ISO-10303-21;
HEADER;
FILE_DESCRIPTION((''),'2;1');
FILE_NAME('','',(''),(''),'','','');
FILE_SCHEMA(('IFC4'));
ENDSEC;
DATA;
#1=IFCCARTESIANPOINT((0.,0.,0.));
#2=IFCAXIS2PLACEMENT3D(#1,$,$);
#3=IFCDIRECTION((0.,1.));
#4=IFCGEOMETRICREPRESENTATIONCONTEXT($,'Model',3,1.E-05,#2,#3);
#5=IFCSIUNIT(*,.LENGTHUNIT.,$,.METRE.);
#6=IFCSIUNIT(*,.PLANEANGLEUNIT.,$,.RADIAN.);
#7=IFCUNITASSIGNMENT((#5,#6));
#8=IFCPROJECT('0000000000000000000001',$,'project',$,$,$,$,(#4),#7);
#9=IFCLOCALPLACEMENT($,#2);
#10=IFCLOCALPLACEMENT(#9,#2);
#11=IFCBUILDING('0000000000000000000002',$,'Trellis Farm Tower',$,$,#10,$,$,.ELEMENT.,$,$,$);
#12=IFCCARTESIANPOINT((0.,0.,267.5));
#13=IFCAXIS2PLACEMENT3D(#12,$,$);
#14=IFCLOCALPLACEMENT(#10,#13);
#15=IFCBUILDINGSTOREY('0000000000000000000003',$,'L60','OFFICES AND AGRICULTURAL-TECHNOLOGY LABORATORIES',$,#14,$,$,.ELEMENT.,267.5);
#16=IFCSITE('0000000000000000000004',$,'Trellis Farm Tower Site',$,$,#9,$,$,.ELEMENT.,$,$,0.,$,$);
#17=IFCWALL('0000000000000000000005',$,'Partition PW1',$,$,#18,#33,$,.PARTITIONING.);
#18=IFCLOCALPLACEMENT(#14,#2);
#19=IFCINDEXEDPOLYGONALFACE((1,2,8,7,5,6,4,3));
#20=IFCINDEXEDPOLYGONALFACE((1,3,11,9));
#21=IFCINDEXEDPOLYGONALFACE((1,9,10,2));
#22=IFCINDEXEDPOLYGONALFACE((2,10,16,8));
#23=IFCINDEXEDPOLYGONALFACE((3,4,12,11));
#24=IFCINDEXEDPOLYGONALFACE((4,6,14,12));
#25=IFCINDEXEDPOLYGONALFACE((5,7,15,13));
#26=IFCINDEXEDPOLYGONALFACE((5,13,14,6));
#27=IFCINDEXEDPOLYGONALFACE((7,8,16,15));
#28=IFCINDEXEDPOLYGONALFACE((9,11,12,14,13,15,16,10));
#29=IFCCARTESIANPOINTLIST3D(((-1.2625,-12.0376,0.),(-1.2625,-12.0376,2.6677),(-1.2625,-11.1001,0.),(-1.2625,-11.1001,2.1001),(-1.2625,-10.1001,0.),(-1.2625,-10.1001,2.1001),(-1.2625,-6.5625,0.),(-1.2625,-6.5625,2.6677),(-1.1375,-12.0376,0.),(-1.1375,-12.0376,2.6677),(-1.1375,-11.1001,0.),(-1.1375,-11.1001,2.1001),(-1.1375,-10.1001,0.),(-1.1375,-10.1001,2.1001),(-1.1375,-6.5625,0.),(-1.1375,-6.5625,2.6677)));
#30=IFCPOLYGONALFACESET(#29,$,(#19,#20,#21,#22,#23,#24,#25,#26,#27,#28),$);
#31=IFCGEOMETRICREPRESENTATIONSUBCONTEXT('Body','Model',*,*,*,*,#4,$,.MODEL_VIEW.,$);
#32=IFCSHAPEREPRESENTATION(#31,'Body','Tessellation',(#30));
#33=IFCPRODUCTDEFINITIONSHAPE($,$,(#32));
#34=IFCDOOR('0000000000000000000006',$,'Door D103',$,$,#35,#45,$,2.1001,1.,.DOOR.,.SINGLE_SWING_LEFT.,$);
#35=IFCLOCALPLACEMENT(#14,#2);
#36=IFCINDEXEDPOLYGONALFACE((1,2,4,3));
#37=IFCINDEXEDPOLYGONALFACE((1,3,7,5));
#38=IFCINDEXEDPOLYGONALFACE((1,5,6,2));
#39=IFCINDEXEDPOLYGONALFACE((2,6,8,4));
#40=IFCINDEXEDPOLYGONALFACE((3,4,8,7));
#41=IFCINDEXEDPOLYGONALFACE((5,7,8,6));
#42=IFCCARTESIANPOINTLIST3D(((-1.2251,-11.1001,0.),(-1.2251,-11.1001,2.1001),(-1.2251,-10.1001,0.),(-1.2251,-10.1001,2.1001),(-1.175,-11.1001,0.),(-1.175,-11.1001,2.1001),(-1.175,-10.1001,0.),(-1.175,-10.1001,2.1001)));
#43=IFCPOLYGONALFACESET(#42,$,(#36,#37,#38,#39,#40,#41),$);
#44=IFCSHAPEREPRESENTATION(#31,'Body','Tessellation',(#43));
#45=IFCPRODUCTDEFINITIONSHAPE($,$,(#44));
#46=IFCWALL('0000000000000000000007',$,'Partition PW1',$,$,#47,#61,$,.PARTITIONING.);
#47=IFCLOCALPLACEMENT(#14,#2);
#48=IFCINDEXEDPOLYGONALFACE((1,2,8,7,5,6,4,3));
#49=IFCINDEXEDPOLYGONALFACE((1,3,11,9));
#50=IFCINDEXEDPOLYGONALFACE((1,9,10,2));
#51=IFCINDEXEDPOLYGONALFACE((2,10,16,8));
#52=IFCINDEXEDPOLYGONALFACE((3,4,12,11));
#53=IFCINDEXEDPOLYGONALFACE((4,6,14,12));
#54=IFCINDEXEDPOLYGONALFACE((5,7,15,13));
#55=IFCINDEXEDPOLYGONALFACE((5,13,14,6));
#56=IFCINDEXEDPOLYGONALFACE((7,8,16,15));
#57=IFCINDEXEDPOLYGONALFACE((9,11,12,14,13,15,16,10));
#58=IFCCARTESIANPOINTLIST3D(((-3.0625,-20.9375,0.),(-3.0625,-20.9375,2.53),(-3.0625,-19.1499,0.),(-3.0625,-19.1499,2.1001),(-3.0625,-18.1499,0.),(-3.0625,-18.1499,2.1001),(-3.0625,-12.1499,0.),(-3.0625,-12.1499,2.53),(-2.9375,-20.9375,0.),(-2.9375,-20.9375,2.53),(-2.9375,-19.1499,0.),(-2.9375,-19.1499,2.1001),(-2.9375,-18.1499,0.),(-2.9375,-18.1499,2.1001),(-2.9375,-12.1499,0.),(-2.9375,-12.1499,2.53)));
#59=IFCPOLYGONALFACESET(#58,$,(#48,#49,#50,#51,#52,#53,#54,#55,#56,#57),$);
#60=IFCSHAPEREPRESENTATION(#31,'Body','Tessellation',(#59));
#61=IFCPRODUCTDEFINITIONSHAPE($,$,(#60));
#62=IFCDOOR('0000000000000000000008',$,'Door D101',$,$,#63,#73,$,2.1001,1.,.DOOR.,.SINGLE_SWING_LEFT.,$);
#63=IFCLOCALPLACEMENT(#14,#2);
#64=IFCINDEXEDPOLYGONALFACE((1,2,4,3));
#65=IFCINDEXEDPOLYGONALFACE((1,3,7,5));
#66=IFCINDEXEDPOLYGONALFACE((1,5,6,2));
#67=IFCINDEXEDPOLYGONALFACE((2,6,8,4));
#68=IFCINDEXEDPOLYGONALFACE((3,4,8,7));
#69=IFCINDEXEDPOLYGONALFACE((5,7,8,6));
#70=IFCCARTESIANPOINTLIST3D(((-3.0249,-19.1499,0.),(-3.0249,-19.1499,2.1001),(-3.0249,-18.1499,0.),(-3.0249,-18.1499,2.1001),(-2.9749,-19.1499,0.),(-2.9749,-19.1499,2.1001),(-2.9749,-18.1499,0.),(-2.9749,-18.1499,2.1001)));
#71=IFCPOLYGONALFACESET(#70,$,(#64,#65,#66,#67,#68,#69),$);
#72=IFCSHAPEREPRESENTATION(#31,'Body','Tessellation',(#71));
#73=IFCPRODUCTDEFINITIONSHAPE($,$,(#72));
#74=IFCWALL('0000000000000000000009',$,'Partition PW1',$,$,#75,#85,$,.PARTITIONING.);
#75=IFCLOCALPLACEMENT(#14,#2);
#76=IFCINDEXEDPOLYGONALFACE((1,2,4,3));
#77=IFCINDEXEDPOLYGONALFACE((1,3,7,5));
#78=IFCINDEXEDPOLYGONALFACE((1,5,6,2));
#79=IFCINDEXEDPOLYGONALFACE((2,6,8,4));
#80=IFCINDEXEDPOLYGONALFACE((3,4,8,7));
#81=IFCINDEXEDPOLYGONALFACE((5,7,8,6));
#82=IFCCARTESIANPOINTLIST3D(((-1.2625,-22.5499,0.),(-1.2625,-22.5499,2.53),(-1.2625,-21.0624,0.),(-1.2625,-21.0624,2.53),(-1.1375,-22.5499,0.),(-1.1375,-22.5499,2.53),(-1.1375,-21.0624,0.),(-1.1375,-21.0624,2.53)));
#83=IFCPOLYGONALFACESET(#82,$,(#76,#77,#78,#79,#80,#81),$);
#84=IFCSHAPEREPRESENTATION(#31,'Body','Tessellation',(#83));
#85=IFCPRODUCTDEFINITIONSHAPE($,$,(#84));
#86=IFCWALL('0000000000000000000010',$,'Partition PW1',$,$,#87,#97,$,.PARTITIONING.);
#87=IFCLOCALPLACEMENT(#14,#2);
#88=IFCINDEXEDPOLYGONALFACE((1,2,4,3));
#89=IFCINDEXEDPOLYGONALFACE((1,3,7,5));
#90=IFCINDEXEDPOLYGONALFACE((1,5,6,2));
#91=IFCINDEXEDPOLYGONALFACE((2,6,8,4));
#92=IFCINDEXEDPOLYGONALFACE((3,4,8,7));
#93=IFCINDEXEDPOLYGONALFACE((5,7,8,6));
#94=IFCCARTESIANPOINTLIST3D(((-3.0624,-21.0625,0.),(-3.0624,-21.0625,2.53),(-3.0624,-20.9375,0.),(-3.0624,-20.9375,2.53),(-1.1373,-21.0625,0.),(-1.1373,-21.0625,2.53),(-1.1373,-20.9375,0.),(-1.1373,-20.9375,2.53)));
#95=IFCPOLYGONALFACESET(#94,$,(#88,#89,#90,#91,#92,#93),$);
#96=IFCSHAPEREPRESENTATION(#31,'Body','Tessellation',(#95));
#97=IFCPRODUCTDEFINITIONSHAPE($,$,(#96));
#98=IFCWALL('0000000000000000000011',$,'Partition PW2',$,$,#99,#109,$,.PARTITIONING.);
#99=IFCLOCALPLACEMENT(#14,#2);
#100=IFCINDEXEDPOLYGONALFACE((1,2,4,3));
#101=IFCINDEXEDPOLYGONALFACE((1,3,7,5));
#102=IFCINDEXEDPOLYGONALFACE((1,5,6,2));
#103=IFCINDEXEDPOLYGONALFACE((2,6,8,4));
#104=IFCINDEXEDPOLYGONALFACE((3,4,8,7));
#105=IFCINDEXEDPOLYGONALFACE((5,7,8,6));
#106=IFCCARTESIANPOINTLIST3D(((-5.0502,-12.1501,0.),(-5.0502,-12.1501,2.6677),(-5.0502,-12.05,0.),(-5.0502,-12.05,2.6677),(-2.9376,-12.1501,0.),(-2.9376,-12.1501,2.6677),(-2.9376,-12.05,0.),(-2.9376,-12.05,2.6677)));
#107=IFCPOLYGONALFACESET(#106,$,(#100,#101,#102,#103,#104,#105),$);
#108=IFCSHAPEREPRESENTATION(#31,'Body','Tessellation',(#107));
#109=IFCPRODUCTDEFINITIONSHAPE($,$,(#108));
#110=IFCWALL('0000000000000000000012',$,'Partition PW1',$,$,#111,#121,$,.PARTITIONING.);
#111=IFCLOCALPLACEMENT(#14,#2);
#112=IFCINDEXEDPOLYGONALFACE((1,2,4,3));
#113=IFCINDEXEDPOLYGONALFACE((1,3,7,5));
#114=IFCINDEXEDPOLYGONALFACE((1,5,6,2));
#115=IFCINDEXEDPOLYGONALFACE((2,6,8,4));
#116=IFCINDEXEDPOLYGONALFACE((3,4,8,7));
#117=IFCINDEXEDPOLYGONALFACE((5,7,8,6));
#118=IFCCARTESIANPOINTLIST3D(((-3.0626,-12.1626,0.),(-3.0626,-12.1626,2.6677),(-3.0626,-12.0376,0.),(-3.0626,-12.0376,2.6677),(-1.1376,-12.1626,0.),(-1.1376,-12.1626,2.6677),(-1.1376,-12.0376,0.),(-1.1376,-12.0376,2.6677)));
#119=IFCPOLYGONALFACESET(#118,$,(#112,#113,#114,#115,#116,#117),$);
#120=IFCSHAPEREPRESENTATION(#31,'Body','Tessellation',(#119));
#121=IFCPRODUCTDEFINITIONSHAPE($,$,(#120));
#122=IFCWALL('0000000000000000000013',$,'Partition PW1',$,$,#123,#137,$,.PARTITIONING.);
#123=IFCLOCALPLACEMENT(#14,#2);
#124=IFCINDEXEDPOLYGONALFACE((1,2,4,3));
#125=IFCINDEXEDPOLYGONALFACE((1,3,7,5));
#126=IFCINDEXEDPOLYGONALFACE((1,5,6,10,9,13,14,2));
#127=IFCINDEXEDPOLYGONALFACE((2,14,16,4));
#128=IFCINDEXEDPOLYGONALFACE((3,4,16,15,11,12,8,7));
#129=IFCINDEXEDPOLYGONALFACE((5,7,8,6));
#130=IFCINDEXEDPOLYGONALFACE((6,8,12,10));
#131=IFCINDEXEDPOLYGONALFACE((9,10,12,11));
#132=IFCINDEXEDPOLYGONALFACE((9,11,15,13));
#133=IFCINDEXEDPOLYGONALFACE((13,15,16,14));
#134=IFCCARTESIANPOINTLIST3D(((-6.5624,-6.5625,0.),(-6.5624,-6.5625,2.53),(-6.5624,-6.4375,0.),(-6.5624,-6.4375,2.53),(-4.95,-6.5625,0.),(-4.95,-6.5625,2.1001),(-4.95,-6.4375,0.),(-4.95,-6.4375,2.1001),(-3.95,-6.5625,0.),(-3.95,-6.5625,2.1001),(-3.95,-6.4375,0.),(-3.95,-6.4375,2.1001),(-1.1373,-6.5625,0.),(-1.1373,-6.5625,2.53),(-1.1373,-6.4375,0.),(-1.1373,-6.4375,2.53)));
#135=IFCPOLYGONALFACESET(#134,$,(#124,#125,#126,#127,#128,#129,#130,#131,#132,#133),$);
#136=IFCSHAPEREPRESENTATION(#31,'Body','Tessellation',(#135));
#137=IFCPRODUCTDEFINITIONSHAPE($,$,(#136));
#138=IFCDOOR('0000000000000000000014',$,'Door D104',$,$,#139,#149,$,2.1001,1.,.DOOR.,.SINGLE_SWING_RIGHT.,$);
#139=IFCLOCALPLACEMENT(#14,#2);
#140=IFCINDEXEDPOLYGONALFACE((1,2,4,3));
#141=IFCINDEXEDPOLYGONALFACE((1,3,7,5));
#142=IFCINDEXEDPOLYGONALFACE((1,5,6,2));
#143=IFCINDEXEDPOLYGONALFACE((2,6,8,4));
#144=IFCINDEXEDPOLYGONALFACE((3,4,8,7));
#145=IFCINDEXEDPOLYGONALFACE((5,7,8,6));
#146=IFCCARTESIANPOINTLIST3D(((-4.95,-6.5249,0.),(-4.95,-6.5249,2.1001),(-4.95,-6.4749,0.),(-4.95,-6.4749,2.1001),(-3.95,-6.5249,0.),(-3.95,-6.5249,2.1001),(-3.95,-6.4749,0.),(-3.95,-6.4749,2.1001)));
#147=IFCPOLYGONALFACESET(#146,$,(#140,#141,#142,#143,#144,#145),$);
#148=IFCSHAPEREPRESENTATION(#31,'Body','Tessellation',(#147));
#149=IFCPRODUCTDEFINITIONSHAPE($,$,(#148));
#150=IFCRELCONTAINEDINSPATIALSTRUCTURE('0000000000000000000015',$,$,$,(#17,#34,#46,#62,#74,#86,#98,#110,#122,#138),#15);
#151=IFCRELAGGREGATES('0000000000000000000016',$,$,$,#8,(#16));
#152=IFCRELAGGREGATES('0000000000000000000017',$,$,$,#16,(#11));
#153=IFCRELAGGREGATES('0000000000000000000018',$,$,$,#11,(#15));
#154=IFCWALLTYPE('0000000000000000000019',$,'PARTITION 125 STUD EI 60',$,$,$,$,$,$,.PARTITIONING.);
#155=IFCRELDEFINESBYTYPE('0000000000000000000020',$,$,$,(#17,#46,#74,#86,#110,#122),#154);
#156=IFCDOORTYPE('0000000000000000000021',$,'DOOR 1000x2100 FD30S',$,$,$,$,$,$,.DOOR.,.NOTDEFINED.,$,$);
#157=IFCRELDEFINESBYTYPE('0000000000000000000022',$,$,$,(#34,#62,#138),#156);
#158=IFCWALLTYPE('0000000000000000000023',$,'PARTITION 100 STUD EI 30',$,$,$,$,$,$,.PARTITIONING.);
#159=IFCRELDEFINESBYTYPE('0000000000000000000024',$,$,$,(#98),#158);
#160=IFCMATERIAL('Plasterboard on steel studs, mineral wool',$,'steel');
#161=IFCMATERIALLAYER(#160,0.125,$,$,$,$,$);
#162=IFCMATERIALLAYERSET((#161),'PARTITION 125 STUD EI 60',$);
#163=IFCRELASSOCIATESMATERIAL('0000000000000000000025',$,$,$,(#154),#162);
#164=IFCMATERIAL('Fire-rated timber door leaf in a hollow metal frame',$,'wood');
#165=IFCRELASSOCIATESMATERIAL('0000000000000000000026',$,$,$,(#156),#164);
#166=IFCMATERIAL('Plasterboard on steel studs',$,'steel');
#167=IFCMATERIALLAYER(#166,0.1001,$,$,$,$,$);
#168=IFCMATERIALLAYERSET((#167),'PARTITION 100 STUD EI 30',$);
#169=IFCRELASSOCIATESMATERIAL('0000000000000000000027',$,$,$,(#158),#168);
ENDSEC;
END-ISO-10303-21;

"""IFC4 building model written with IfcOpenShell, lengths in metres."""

from ifc_helpers import new_model, si_unit, direction, frame, frame_2d, origin, place, context, subcontext, project, spatial, rectangle, extrude, source, transform, mapped, material, layer, layer_set, type_object, element, fill, save


model = new_model("IFC4")

# Units and contexts
model_context = context("Model", 3, precision=1e-05, world=origin(), true_north=direction((0.0, 1.0)))
body_context = subcontext(model_context, "Body", "Model", "MODEL_VIEW")
ifc_project = project(units=[si_unit("LENGTHUNIT", "METRE"), si_unit("PLANEANGLEUNIT", "RADIAN")], contexts=[model_context])

# Site, building, storey
site_placement = place(None, origin())
site = spatial("IfcSite", under=ifc_project, at=site_placement, Name="Trellis Farm Tower Site", CompositionType="ELEMENT", RefElevation=0.0)
building_placement = place(site_placement, origin())
building = spatial("IfcBuilding", under=site, at=building_placement, Name="Trellis Farm Tower", CompositionType="ELEMENT")
storey_placement = place(building_placement, frame((0.0, 0.0, 267.5)))
storey = spatial("IfcBuildingStorey", under=building, at=storey_placement, Name="L60", Description="OFFICES AND AGRICULTURAL-TECHNOLOGY LABORATORIES", CompositionType="ELEMENT", Elevation=267.5)

# Walls, openings, doors
ifc_material_1 = material(Name="Plasterboard on steel studs, mineral wool", Category="steel")
ifc_layer_1 = layer(ifc_material_1, 0.125)
ifc_layer_set_1 = layer_set([ifc_layer_1], Name="PARTITION 125 STUD EI 60")
wall_type_1 = type_object("IfcWallType", Name="PARTITION 125 STUD EI 60", PredefinedType="PARTITIONING", material=ifc_layer_set_1)
shared_shape_1 = source(origin(), body_context, "Body", "SweptSolid", [
    extrude(rectangle(XDim=5.4751, YDim=0.125, at=frame_2d((2.7375, 0.0))), origin(), (0.0, 0.0, 1.0), 2.6677),
])
wall_1_placement = place(storey_placement, frame((-1.2, -6.5625, 0.0), z_axis=(0.0, 0.0, 1.0), x_axis=(0.0, -1.0, 0.0)))
wall_1 = element("IfcWall", 1, at=wall_1_placement, inside=storey, type_object=wall_type_1, Name="Partition PW1", PredefinedType="PARTITIONING", context=body_context, shape_type="MappedRepresentation", body=[
    mapped(shared_shape_1, transform((0.0, 0.0, 0.0))),
])
shared_shape_2 = source(origin(), body_context, "Body", "SweptSolid", [
    extrude(rectangle(XDim=1.0, YDim=2.1001, at=frame_2d((0.5, 1.05))), frame((0.0, 0.0725, 0.0), z_axis=(0.0, -1.0, 0.0), x_axis=(1.0, 0.0, 0.0)), (0.0, 0.0, 1.0), 0.145),
])
opening_1_placement = place(wall_1_placement, frame((3.5376, 0.0, 0.0)))
opening_1 = element("IfcOpeningElement", 2, at=opening_1_placement, cuts=wall_1, PredefinedType="OPENING", context=body_context, shape_type="MappedRepresentation", body=[
    mapped(shared_shape_2, transform((0.0, 0.0, 0.0))),
])
ifc_material_2 = material(Name="Fire-rated timber door leaf in a hollow metal frame", Category="wood")
door_type = type_object("IfcDoorType", Name="DOOR 1000x2100 FD30S", OperationType="NOTDEFINED", PredefinedType="DOOR", material=ifc_material_2)
shared_shape_3 = source(origin(), body_context, "Body", "SweptSolid", [
    extrude(rectangle(XDim=1.0, YDim=2.1001, at=frame_2d((0.5, 1.05))), frame((0.0, 0.0249, 0.0), z_axis=(0.0, -1.0, 0.0), x_axis=(1.0, 0.0, 0.0)), (0.0, 0.0, 1.0), 0.05),
])
door_1_placement = place(opening_1_placement, origin())
door_1 = element("IfcDoor", 3, at=door_1_placement, inside=storey, type_object=door_type, Name="Door D103", OperationType="SINGLE_SWING_LEFT", OverallHeight=2.1001, OverallWidth=1.0, PredefinedType="DOOR", context=body_context, shape_type="MappedRepresentation", body=[
    mapped(shared_shape_3, transform((0.0, 0.0, 0.0))),
])
fill(opening_1, door_1)
shared_shape_4 = source(origin(), body_context, "Body", "SweptSolid", [
    extrude(rectangle(XDim=8.7876, YDim=0.125, at=frame_2d((4.3938, 0.0))), origin(), (0.0, 0.0, 1.0), 2.53),
])
wall_2_placement = place(storey_placement, frame((-3.0, -20.9375, 0.0), z_axis=(0.0, 0.0, 1.0), x_axis=(0.0, 1.0, 0.0)))
wall_2 = element("IfcWall", 4, at=wall_2_placement, inside=storey, type_object=wall_type_1, Name="Partition PW1", PredefinedType="PARTITIONING", context=body_context, shape_type="MappedRepresentation", body=[
    mapped(shared_shape_4, transform((0.0, 0.0, 0.0))),
])
opening_2_placement = place(wall_2_placement, frame((1.7876, 0.0, 0.0)))
opening_2 = element("IfcOpeningElement", 5, at=opening_2_placement, cuts=wall_2, PredefinedType="OPENING", context=body_context, shape_type="MappedRepresentation", body=[
    mapped(shared_shape_2, transform((0.0, 0.0, 0.0))),
])
door_2_placement = place(opening_2_placement, origin())
door_2 = element("IfcDoor", 6, at=door_2_placement, inside=storey, type_object=door_type, Name="Door D101", OperationType="SINGLE_SWING_LEFT", OverallHeight=2.1001, OverallWidth=1.0, PredefinedType="DOOR", context=body_context, shape_type="MappedRepresentation", body=[
    mapped(shared_shape_3, transform((0.0, 0.0, 0.0))),
])
fill(opening_2, door_2)

# Walls
shared_shape_5 = source(origin(), body_context, "Body", "SweptSolid", [
    extrude(rectangle(XDim=1.4875, YDim=0.125, at=frame_2d((0.7437, 0.0))), origin(), (0.0, 0.0, 1.0), 2.53),
])
wall_3_placement = place(storey_placement, frame((-1.2, -21.0625, 0.0), z_axis=(0.0, 0.0, 1.0), x_axis=(0.0, -1.0, 0.0)))
element("IfcWall", 7, at=wall_3_placement, inside=storey, type_object=wall_type_1, Name="Partition PW1", PredefinedType="PARTITIONING", context=body_context, shape_type="MappedRepresentation", body=[
    mapped(shared_shape_5, transform((0.0, 0.0, 0.0))),
])
shared_shape_6 = source(origin(), body_context, "Body", "SweptSolid", [
    extrude(rectangle(XDim=1.925, YDim=0.125, at=frame_2d((0.9624, 0.0))), origin(), (0.0, 0.0, 1.0), 2.53),
])
wall_4_placement = place(storey_placement, frame((-1.1375, -21.0, 0.0), z_axis=(0.0, 0.0, 1.0), x_axis=(-1.0, 0.0, 0.0)))
element("IfcWall", 8, at=wall_4_placement, inside=storey, type_object=wall_type_1, Name="Partition PW1", PredefinedType="PARTITIONING", context=body_context, shape_type="MappedRepresentation", body=[
    mapped(shared_shape_6, transform((0.0, 0.0, 0.0))),
])
ifc_material_3 = material(Name="Plasterboard on steel studs", Category="steel")
ifc_layer_2 = layer(ifc_material_3, 0.1001)
ifc_layer_set_2 = layer_set([ifc_layer_2], Name="PARTITION 100 STUD EI 30")
wall_type_2 = type_object("IfcWallType", Name="PARTITION 100 STUD EI 30", PredefinedType="PARTITIONING", material=ifc_layer_set_2)
shared_shape_7 = source(origin(), body_context, "Body", "SweptSolid", [
    extrude(rectangle(XDim=2.1125, YDim=0.1001, at=frame_2d((1.0562, 0.0))), origin(), (0.0, 0.0, 1.0), 2.6677),
])
wall_5_placement = place(storey_placement, frame((-5.05, -12.1001, 0.0), z_axis=(0.0, 0.0, 1.0), x_axis=(1.0, 0.0, 0.0)))
element("IfcWall", 9, at=wall_5_placement, inside=storey, type_object=wall_type_2, Name="Partition PW2", PredefinedType="PARTITIONING", context=body_context, shape_type="MappedRepresentation", body=[
    mapped(shared_shape_7, transform((0.0, 0.0, 0.0))),
])
shared_shape_8 = source(origin(), body_context, "Body", "SweptSolid", [
    extrude(rectangle(XDim=1.925, YDim=0.125, at=frame_2d((0.9624, 0.0))), origin(), (0.0, 0.0, 1.0), 2.6677),
])
wall_6_placement = place(storey_placement, frame((-3.0625, -12.1001, 0.0), z_axis=(0.0, 0.0, 1.0), x_axis=(1.0, 0.0, 0.0)))
element("IfcWall", 10, at=wall_6_placement, inside=storey, type_object=wall_type_1, Name="Partition PW1", PredefinedType="PARTITIONING", context=body_context, shape_type="MappedRepresentation", body=[
    mapped(shared_shape_8, transform((0.0, 0.0, 0.0))),
])

# Wall, opening, door
shared_shape_9 = source(origin(), body_context, "Body", "SweptSolid", [
    extrude(rectangle(XDim=5.425, YDim=0.125, at=frame_2d((2.7124, 0.0))), origin(), (0.0, 0.0, 1.0), 2.53),
])
wall_7_placement = place(storey_placement, frame((-1.1375, -6.5, 0.0), z_axis=(0.0, 0.0, 1.0), x_axis=(-1.0, 0.0, 0.0)))
wall_7 = element("IfcWall", 11, at=wall_7_placement, inside=storey, type_object=wall_type_1, Name="Partition PW1", PredefinedType="PARTITIONING", context=body_context, shape_type="MappedRepresentation", body=[
    mapped(shared_shape_9, transform((0.0, 0.0, 0.0))),
])
opening_3_placement = place(wall_7_placement, frame((2.8125, 0.0, 0.0)))
opening_3 = element("IfcOpeningElement", 12, at=opening_3_placement, cuts=wall_7, PredefinedType="OPENING", context=body_context, shape_type="MappedRepresentation", body=[
    mapped(shared_shape_2, transform((0.0, 0.0, 0.0))),
])
door_3_placement = place(opening_3_placement, origin())
door_3 = element("IfcDoor", 13, at=door_3_placement, inside=storey, type_object=door_type, Name="Door D104", OperationType="SINGLE_SWING_RIGHT", OverallHeight=2.1001, OverallWidth=1.0, PredefinedType="DOOR", context=body_context, shape_type="MappedRepresentation", body=[
    mapped(shared_shape_3, transform((0.0, 0.0, 0.0))),
])
fill(opening_3, door_3)

save(model, "model.ifc")
